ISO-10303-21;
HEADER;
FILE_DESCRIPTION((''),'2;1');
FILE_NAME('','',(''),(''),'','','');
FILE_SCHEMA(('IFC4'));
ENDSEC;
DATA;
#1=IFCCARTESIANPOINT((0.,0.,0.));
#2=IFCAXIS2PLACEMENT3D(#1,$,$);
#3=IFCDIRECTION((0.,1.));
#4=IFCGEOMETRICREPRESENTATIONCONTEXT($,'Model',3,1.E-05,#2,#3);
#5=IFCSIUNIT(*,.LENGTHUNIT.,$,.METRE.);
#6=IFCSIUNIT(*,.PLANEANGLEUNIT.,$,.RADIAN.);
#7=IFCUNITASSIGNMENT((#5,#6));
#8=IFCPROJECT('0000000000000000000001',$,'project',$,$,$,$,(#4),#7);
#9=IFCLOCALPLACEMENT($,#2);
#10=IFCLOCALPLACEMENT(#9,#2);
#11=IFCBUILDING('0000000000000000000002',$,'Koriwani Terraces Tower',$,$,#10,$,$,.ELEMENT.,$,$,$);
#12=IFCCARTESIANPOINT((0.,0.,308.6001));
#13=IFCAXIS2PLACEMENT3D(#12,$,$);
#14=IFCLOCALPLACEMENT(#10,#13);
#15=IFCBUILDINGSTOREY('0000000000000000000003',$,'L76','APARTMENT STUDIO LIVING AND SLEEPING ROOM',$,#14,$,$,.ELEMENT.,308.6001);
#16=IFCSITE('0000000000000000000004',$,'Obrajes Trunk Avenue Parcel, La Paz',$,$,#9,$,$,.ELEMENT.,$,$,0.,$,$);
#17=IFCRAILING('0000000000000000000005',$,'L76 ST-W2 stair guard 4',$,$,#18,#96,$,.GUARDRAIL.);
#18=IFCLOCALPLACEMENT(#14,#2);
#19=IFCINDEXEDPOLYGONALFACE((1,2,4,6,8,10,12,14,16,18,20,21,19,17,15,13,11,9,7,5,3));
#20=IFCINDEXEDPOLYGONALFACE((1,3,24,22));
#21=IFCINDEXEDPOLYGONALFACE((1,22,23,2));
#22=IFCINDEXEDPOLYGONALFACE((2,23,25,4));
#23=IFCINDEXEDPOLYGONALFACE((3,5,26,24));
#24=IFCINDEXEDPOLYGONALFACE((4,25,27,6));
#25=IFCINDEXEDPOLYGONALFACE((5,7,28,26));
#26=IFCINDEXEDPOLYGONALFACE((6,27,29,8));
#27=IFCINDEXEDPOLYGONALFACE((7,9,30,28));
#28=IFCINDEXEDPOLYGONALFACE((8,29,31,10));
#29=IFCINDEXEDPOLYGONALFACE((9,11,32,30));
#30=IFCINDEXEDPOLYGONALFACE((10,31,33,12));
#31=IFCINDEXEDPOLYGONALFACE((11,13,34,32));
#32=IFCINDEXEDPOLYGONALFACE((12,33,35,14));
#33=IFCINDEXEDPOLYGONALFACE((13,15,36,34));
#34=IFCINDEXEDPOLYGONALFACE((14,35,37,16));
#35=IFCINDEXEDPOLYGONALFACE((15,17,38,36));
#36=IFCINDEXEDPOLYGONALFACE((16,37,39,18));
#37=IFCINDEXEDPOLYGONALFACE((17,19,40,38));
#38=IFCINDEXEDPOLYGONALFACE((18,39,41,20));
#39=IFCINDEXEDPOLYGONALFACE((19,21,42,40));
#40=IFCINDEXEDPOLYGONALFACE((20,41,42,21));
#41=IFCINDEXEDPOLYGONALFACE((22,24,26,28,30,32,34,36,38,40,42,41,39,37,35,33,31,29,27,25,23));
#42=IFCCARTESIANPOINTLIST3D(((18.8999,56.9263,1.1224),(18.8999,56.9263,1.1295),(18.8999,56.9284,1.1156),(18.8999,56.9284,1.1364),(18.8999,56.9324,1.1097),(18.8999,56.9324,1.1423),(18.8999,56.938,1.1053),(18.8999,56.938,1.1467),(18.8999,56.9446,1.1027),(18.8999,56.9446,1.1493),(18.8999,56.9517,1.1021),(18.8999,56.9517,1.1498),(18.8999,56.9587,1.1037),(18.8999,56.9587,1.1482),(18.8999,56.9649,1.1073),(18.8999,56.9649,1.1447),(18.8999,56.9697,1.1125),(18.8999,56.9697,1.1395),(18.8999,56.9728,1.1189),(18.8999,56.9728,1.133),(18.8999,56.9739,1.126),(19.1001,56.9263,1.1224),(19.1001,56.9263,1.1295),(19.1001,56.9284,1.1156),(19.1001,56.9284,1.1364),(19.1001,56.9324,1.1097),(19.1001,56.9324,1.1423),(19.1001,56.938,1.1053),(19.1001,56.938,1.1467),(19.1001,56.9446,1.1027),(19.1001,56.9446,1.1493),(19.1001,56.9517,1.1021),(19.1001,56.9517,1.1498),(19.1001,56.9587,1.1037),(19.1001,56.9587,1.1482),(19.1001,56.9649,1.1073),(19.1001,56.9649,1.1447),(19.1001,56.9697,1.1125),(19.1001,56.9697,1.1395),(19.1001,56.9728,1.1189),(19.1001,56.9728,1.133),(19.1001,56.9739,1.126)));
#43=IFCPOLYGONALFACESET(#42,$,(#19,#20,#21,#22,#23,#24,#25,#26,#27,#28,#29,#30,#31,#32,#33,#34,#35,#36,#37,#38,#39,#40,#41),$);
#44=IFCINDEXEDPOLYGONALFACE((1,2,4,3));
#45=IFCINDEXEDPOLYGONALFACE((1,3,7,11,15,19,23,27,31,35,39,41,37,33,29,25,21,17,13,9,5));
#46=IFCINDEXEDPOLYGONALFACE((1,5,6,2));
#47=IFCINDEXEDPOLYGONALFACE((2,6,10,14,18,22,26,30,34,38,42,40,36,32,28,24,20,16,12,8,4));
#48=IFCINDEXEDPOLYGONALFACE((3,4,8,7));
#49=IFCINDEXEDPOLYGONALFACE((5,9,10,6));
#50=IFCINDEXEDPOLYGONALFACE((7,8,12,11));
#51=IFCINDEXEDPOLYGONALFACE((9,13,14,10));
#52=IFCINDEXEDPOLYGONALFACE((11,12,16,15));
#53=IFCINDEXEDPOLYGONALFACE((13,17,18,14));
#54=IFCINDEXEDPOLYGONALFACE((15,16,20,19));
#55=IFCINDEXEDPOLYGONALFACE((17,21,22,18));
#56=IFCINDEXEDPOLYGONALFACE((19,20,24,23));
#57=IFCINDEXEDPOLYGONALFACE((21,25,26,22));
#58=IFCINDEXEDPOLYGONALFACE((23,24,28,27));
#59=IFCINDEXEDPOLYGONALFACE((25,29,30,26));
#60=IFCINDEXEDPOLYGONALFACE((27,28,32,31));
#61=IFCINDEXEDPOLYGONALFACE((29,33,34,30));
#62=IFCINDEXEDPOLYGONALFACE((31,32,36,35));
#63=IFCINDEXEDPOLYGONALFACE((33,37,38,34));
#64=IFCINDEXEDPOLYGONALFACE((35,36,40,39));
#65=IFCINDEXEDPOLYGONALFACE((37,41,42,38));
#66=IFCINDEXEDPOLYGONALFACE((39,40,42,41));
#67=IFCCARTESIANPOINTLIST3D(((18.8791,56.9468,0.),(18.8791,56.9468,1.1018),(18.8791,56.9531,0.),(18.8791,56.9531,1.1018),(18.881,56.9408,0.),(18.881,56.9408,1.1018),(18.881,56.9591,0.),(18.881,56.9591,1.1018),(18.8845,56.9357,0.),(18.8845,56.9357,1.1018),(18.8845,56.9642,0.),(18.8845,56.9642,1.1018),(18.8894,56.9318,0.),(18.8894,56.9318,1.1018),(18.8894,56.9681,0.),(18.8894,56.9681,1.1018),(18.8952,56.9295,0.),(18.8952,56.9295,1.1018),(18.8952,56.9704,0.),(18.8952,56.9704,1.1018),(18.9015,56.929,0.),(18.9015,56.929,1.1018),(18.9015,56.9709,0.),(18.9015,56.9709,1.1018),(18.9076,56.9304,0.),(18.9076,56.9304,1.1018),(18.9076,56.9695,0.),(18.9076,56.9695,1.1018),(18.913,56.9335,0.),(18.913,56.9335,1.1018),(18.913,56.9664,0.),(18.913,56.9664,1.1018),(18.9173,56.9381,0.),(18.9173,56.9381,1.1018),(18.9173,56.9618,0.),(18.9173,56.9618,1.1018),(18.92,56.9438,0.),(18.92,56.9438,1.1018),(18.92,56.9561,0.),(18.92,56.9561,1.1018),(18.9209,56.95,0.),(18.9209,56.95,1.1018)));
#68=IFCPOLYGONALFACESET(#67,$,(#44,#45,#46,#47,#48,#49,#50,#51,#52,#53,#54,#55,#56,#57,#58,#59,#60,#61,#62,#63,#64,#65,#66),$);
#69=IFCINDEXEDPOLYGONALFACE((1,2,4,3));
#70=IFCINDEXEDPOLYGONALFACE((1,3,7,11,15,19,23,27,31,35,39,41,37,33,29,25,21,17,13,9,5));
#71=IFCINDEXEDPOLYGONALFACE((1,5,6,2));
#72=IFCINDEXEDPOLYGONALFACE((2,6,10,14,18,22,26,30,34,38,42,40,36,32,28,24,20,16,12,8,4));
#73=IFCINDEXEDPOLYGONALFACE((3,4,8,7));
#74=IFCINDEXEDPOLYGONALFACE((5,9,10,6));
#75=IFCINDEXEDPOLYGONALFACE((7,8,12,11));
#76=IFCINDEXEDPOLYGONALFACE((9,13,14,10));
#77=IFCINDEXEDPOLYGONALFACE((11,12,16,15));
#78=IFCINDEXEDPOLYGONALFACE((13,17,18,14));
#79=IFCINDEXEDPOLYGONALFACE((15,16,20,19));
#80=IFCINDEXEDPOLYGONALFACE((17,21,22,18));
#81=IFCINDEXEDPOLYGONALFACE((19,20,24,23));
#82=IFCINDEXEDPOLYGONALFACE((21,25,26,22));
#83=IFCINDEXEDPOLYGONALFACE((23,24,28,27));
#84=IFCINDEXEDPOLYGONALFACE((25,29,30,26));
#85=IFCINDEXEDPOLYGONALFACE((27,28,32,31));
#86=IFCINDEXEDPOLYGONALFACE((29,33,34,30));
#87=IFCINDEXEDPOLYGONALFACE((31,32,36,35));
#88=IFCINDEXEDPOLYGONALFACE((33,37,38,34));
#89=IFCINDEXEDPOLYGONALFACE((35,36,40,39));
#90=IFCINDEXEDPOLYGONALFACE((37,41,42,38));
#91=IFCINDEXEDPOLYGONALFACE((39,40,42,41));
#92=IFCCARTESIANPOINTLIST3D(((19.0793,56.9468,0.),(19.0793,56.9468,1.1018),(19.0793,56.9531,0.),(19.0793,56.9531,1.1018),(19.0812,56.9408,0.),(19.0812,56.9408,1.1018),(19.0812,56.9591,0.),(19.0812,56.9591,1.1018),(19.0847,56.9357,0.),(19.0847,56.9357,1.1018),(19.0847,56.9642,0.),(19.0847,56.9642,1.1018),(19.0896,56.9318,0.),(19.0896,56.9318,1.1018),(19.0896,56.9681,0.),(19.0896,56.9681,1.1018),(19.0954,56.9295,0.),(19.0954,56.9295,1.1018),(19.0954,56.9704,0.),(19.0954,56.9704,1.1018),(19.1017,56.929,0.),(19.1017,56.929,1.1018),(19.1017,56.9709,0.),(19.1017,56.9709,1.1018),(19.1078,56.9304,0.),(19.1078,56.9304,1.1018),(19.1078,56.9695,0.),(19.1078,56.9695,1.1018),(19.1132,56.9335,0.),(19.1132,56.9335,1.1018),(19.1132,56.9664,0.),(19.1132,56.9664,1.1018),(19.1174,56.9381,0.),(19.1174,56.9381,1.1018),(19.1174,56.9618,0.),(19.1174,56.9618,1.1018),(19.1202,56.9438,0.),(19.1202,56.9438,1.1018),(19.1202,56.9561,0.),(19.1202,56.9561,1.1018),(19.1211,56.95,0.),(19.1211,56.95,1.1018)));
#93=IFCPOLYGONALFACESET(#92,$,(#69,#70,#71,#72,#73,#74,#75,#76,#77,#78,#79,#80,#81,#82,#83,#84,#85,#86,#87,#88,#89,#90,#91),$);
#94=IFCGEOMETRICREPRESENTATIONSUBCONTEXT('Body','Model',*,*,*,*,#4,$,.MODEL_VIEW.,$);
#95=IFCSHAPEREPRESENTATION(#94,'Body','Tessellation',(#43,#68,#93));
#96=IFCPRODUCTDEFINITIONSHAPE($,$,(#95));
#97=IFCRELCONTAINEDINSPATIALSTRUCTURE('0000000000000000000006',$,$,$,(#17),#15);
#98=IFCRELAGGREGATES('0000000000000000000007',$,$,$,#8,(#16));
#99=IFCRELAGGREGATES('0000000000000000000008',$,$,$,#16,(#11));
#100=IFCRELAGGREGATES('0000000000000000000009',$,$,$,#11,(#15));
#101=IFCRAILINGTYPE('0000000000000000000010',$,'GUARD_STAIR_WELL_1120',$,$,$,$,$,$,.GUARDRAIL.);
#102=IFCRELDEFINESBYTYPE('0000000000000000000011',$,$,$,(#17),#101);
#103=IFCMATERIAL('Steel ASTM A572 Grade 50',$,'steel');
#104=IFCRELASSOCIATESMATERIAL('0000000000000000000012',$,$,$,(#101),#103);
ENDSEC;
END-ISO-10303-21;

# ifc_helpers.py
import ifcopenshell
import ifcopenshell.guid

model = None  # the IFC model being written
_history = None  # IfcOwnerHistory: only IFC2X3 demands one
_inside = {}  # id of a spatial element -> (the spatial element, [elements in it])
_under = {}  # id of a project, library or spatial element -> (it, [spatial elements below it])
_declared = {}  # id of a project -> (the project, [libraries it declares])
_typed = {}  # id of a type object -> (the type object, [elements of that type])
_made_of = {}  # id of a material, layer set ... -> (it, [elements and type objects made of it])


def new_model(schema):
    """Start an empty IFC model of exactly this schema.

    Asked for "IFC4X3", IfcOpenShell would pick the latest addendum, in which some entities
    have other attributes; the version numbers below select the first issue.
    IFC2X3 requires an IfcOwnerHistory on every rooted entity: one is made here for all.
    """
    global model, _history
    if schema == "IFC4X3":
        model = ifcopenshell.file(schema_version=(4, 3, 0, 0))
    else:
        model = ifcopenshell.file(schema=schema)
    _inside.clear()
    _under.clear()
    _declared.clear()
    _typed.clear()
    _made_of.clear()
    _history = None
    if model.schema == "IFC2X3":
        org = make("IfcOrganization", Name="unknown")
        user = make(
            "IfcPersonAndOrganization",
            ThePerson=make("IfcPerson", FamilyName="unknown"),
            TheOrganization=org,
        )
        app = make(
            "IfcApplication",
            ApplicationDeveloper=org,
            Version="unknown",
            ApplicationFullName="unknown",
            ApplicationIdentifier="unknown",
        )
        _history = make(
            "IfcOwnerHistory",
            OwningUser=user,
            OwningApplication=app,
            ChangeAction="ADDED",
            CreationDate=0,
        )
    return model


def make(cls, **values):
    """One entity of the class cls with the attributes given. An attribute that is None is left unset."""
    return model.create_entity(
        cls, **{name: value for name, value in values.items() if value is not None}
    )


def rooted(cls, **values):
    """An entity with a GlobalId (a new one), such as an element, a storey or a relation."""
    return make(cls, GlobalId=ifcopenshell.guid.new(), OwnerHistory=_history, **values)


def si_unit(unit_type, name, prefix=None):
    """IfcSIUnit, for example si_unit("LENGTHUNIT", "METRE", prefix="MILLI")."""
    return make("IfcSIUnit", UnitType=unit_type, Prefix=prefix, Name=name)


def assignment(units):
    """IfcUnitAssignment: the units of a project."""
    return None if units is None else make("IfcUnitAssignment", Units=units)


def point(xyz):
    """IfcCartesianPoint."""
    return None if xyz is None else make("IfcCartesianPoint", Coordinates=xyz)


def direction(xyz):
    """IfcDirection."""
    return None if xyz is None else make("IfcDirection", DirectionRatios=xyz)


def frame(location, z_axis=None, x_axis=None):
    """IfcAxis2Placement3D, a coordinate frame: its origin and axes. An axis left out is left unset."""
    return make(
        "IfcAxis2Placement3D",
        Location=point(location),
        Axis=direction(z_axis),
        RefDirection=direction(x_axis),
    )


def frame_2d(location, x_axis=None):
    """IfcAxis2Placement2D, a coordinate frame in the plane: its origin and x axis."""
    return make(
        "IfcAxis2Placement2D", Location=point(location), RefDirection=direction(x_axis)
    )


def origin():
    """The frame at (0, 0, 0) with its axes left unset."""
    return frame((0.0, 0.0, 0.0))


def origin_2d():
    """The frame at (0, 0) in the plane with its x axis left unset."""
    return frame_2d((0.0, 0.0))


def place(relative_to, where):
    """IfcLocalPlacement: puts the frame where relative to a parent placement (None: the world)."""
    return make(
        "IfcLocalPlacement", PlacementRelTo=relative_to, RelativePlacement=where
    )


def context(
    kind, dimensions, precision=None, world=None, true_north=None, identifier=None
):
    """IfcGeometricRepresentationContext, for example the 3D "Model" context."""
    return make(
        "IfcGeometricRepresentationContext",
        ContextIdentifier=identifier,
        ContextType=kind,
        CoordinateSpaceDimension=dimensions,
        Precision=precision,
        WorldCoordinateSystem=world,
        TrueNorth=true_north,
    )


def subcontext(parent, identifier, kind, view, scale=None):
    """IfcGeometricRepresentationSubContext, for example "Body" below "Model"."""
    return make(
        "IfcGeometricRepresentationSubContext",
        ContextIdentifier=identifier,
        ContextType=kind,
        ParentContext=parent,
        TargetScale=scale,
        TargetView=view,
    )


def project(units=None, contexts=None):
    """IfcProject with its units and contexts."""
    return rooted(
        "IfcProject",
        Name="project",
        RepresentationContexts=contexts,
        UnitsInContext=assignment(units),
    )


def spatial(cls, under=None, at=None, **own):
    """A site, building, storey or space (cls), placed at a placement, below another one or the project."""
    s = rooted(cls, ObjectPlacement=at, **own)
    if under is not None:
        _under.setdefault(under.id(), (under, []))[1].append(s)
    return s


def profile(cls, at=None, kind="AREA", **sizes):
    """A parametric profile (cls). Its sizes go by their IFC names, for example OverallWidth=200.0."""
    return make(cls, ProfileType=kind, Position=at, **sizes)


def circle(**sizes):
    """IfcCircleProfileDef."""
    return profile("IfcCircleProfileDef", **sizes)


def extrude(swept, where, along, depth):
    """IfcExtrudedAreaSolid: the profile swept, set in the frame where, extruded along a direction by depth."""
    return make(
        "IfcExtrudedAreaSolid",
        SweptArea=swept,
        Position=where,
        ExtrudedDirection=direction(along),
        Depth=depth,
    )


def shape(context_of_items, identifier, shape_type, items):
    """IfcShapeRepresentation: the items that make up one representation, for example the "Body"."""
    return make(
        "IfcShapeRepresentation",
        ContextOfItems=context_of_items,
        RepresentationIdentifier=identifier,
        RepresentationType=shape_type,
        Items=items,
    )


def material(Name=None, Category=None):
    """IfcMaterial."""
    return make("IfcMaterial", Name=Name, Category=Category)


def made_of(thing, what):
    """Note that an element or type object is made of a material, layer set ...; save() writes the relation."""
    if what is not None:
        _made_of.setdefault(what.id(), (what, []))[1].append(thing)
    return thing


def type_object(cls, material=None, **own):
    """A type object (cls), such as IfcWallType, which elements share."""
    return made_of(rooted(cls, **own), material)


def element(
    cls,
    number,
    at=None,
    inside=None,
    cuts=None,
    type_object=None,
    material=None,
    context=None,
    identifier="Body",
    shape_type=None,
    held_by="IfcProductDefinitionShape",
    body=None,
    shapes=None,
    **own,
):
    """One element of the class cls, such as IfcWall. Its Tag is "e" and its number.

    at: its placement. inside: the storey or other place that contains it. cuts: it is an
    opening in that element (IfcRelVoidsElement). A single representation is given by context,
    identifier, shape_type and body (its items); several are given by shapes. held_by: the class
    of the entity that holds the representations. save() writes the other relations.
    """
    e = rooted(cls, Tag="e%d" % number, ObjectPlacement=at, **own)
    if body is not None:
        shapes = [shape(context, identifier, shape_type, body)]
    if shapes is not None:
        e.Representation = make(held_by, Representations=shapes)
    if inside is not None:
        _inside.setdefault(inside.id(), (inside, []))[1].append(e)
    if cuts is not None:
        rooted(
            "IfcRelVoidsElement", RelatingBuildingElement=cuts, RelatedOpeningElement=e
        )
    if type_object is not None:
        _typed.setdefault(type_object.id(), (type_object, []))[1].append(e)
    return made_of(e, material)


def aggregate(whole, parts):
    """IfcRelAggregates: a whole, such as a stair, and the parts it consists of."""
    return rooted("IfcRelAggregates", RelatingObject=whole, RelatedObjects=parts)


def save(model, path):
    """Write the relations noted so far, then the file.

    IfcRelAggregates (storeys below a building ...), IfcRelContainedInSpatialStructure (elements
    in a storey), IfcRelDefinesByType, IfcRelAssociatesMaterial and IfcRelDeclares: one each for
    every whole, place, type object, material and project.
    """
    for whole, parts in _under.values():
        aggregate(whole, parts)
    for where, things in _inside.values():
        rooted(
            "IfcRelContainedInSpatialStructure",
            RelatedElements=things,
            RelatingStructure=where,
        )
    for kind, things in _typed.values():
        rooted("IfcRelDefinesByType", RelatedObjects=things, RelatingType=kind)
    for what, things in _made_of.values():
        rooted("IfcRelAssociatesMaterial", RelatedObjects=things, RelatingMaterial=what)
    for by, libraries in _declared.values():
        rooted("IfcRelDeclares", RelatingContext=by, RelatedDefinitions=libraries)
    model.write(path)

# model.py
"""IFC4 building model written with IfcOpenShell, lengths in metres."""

from ifc_helpers import new_model, si_unit, direction, frame, origin, origin_2d, place, context, subcontext, project, spatial, circle, extrude, material, type_object, element, save


model = new_model("IFC4")

# Units and contexts
model_context = context("Model", 3, precision=1e-05, world=origin(), true_north=direction((0.0, 1.0)))
body_context = subcontext(model_context, "Body", "Model", "MODEL_VIEW")
ifc_project = project(units=[si_unit("LENGTHUNIT", "METRE"), si_unit("PLANEANGLEUNIT", "RADIAN")], contexts=[model_context])

# Site, building, storey
site_placement = place(None, origin())
site = spatial("IfcSite", under=ifc_project, at=site_placement, Name="Obrajes Trunk Avenue Parcel, La Paz", CompositionType="ELEMENT", RefElevation=0.0)
building_placement = place(site_placement, origin())
building = spatial("IfcBuilding", under=site, at=building_placement, Name="Koriwani Terraces Tower", CompositionType="ELEMENT")
storey_placement = place(building_placement, frame((0.0, 0.0, 308.6001)))
storey = spatial("IfcBuildingStorey", under=building, at=storey_placement, Name="L76", Description="APARTMENT STUDIO LIVING AND SLEEPING ROOM", CompositionType="ELEMENT", Elevation=308.6001)

# Shared definitions
ifc_material_1 = material(Name="Steel ASTM A572 Grade 50", Category="steel")

# Railing
railing_type_1 = type_object("IfcRailingType", Name="GUARD_STAIR_WELL_1120", PredefinedType="GUARDRAIL", material=ifc_material_1)
railing_1_placement = place(storey_placement, frame((18.8999, 56.95, 0.0)))
element("IfcRailing", 1, at=railing_1_placement, inside=storey, type_object=railing_type_1, Name="L76 ST-W2 stair guard 4", PredefinedType="GUARDRAIL", context=body_context, shape_type="SweptSolid", body=[
    extrude(circle(Radius=0.0239, at=origin_2d()), frame((0.0, 0.0, 1.126), z_axis=(1.0, 0.0, 0.0), x_axis=(0.0, 1.0, 0.0)), (0.0, 0.0, 1.0), 0.2002),
    extrude(circle(Radius=0.021, at=origin_2d()), origin(), (0.0, 0.0, 1.0), 1.1018),
    extrude(circle(Radius=0.021, at=origin_2d()), frame((0.2002, 0.0, 0.0)), (0.0, 0.0, 1.0), 1.1018),
])

save(model, "model.ifc")
